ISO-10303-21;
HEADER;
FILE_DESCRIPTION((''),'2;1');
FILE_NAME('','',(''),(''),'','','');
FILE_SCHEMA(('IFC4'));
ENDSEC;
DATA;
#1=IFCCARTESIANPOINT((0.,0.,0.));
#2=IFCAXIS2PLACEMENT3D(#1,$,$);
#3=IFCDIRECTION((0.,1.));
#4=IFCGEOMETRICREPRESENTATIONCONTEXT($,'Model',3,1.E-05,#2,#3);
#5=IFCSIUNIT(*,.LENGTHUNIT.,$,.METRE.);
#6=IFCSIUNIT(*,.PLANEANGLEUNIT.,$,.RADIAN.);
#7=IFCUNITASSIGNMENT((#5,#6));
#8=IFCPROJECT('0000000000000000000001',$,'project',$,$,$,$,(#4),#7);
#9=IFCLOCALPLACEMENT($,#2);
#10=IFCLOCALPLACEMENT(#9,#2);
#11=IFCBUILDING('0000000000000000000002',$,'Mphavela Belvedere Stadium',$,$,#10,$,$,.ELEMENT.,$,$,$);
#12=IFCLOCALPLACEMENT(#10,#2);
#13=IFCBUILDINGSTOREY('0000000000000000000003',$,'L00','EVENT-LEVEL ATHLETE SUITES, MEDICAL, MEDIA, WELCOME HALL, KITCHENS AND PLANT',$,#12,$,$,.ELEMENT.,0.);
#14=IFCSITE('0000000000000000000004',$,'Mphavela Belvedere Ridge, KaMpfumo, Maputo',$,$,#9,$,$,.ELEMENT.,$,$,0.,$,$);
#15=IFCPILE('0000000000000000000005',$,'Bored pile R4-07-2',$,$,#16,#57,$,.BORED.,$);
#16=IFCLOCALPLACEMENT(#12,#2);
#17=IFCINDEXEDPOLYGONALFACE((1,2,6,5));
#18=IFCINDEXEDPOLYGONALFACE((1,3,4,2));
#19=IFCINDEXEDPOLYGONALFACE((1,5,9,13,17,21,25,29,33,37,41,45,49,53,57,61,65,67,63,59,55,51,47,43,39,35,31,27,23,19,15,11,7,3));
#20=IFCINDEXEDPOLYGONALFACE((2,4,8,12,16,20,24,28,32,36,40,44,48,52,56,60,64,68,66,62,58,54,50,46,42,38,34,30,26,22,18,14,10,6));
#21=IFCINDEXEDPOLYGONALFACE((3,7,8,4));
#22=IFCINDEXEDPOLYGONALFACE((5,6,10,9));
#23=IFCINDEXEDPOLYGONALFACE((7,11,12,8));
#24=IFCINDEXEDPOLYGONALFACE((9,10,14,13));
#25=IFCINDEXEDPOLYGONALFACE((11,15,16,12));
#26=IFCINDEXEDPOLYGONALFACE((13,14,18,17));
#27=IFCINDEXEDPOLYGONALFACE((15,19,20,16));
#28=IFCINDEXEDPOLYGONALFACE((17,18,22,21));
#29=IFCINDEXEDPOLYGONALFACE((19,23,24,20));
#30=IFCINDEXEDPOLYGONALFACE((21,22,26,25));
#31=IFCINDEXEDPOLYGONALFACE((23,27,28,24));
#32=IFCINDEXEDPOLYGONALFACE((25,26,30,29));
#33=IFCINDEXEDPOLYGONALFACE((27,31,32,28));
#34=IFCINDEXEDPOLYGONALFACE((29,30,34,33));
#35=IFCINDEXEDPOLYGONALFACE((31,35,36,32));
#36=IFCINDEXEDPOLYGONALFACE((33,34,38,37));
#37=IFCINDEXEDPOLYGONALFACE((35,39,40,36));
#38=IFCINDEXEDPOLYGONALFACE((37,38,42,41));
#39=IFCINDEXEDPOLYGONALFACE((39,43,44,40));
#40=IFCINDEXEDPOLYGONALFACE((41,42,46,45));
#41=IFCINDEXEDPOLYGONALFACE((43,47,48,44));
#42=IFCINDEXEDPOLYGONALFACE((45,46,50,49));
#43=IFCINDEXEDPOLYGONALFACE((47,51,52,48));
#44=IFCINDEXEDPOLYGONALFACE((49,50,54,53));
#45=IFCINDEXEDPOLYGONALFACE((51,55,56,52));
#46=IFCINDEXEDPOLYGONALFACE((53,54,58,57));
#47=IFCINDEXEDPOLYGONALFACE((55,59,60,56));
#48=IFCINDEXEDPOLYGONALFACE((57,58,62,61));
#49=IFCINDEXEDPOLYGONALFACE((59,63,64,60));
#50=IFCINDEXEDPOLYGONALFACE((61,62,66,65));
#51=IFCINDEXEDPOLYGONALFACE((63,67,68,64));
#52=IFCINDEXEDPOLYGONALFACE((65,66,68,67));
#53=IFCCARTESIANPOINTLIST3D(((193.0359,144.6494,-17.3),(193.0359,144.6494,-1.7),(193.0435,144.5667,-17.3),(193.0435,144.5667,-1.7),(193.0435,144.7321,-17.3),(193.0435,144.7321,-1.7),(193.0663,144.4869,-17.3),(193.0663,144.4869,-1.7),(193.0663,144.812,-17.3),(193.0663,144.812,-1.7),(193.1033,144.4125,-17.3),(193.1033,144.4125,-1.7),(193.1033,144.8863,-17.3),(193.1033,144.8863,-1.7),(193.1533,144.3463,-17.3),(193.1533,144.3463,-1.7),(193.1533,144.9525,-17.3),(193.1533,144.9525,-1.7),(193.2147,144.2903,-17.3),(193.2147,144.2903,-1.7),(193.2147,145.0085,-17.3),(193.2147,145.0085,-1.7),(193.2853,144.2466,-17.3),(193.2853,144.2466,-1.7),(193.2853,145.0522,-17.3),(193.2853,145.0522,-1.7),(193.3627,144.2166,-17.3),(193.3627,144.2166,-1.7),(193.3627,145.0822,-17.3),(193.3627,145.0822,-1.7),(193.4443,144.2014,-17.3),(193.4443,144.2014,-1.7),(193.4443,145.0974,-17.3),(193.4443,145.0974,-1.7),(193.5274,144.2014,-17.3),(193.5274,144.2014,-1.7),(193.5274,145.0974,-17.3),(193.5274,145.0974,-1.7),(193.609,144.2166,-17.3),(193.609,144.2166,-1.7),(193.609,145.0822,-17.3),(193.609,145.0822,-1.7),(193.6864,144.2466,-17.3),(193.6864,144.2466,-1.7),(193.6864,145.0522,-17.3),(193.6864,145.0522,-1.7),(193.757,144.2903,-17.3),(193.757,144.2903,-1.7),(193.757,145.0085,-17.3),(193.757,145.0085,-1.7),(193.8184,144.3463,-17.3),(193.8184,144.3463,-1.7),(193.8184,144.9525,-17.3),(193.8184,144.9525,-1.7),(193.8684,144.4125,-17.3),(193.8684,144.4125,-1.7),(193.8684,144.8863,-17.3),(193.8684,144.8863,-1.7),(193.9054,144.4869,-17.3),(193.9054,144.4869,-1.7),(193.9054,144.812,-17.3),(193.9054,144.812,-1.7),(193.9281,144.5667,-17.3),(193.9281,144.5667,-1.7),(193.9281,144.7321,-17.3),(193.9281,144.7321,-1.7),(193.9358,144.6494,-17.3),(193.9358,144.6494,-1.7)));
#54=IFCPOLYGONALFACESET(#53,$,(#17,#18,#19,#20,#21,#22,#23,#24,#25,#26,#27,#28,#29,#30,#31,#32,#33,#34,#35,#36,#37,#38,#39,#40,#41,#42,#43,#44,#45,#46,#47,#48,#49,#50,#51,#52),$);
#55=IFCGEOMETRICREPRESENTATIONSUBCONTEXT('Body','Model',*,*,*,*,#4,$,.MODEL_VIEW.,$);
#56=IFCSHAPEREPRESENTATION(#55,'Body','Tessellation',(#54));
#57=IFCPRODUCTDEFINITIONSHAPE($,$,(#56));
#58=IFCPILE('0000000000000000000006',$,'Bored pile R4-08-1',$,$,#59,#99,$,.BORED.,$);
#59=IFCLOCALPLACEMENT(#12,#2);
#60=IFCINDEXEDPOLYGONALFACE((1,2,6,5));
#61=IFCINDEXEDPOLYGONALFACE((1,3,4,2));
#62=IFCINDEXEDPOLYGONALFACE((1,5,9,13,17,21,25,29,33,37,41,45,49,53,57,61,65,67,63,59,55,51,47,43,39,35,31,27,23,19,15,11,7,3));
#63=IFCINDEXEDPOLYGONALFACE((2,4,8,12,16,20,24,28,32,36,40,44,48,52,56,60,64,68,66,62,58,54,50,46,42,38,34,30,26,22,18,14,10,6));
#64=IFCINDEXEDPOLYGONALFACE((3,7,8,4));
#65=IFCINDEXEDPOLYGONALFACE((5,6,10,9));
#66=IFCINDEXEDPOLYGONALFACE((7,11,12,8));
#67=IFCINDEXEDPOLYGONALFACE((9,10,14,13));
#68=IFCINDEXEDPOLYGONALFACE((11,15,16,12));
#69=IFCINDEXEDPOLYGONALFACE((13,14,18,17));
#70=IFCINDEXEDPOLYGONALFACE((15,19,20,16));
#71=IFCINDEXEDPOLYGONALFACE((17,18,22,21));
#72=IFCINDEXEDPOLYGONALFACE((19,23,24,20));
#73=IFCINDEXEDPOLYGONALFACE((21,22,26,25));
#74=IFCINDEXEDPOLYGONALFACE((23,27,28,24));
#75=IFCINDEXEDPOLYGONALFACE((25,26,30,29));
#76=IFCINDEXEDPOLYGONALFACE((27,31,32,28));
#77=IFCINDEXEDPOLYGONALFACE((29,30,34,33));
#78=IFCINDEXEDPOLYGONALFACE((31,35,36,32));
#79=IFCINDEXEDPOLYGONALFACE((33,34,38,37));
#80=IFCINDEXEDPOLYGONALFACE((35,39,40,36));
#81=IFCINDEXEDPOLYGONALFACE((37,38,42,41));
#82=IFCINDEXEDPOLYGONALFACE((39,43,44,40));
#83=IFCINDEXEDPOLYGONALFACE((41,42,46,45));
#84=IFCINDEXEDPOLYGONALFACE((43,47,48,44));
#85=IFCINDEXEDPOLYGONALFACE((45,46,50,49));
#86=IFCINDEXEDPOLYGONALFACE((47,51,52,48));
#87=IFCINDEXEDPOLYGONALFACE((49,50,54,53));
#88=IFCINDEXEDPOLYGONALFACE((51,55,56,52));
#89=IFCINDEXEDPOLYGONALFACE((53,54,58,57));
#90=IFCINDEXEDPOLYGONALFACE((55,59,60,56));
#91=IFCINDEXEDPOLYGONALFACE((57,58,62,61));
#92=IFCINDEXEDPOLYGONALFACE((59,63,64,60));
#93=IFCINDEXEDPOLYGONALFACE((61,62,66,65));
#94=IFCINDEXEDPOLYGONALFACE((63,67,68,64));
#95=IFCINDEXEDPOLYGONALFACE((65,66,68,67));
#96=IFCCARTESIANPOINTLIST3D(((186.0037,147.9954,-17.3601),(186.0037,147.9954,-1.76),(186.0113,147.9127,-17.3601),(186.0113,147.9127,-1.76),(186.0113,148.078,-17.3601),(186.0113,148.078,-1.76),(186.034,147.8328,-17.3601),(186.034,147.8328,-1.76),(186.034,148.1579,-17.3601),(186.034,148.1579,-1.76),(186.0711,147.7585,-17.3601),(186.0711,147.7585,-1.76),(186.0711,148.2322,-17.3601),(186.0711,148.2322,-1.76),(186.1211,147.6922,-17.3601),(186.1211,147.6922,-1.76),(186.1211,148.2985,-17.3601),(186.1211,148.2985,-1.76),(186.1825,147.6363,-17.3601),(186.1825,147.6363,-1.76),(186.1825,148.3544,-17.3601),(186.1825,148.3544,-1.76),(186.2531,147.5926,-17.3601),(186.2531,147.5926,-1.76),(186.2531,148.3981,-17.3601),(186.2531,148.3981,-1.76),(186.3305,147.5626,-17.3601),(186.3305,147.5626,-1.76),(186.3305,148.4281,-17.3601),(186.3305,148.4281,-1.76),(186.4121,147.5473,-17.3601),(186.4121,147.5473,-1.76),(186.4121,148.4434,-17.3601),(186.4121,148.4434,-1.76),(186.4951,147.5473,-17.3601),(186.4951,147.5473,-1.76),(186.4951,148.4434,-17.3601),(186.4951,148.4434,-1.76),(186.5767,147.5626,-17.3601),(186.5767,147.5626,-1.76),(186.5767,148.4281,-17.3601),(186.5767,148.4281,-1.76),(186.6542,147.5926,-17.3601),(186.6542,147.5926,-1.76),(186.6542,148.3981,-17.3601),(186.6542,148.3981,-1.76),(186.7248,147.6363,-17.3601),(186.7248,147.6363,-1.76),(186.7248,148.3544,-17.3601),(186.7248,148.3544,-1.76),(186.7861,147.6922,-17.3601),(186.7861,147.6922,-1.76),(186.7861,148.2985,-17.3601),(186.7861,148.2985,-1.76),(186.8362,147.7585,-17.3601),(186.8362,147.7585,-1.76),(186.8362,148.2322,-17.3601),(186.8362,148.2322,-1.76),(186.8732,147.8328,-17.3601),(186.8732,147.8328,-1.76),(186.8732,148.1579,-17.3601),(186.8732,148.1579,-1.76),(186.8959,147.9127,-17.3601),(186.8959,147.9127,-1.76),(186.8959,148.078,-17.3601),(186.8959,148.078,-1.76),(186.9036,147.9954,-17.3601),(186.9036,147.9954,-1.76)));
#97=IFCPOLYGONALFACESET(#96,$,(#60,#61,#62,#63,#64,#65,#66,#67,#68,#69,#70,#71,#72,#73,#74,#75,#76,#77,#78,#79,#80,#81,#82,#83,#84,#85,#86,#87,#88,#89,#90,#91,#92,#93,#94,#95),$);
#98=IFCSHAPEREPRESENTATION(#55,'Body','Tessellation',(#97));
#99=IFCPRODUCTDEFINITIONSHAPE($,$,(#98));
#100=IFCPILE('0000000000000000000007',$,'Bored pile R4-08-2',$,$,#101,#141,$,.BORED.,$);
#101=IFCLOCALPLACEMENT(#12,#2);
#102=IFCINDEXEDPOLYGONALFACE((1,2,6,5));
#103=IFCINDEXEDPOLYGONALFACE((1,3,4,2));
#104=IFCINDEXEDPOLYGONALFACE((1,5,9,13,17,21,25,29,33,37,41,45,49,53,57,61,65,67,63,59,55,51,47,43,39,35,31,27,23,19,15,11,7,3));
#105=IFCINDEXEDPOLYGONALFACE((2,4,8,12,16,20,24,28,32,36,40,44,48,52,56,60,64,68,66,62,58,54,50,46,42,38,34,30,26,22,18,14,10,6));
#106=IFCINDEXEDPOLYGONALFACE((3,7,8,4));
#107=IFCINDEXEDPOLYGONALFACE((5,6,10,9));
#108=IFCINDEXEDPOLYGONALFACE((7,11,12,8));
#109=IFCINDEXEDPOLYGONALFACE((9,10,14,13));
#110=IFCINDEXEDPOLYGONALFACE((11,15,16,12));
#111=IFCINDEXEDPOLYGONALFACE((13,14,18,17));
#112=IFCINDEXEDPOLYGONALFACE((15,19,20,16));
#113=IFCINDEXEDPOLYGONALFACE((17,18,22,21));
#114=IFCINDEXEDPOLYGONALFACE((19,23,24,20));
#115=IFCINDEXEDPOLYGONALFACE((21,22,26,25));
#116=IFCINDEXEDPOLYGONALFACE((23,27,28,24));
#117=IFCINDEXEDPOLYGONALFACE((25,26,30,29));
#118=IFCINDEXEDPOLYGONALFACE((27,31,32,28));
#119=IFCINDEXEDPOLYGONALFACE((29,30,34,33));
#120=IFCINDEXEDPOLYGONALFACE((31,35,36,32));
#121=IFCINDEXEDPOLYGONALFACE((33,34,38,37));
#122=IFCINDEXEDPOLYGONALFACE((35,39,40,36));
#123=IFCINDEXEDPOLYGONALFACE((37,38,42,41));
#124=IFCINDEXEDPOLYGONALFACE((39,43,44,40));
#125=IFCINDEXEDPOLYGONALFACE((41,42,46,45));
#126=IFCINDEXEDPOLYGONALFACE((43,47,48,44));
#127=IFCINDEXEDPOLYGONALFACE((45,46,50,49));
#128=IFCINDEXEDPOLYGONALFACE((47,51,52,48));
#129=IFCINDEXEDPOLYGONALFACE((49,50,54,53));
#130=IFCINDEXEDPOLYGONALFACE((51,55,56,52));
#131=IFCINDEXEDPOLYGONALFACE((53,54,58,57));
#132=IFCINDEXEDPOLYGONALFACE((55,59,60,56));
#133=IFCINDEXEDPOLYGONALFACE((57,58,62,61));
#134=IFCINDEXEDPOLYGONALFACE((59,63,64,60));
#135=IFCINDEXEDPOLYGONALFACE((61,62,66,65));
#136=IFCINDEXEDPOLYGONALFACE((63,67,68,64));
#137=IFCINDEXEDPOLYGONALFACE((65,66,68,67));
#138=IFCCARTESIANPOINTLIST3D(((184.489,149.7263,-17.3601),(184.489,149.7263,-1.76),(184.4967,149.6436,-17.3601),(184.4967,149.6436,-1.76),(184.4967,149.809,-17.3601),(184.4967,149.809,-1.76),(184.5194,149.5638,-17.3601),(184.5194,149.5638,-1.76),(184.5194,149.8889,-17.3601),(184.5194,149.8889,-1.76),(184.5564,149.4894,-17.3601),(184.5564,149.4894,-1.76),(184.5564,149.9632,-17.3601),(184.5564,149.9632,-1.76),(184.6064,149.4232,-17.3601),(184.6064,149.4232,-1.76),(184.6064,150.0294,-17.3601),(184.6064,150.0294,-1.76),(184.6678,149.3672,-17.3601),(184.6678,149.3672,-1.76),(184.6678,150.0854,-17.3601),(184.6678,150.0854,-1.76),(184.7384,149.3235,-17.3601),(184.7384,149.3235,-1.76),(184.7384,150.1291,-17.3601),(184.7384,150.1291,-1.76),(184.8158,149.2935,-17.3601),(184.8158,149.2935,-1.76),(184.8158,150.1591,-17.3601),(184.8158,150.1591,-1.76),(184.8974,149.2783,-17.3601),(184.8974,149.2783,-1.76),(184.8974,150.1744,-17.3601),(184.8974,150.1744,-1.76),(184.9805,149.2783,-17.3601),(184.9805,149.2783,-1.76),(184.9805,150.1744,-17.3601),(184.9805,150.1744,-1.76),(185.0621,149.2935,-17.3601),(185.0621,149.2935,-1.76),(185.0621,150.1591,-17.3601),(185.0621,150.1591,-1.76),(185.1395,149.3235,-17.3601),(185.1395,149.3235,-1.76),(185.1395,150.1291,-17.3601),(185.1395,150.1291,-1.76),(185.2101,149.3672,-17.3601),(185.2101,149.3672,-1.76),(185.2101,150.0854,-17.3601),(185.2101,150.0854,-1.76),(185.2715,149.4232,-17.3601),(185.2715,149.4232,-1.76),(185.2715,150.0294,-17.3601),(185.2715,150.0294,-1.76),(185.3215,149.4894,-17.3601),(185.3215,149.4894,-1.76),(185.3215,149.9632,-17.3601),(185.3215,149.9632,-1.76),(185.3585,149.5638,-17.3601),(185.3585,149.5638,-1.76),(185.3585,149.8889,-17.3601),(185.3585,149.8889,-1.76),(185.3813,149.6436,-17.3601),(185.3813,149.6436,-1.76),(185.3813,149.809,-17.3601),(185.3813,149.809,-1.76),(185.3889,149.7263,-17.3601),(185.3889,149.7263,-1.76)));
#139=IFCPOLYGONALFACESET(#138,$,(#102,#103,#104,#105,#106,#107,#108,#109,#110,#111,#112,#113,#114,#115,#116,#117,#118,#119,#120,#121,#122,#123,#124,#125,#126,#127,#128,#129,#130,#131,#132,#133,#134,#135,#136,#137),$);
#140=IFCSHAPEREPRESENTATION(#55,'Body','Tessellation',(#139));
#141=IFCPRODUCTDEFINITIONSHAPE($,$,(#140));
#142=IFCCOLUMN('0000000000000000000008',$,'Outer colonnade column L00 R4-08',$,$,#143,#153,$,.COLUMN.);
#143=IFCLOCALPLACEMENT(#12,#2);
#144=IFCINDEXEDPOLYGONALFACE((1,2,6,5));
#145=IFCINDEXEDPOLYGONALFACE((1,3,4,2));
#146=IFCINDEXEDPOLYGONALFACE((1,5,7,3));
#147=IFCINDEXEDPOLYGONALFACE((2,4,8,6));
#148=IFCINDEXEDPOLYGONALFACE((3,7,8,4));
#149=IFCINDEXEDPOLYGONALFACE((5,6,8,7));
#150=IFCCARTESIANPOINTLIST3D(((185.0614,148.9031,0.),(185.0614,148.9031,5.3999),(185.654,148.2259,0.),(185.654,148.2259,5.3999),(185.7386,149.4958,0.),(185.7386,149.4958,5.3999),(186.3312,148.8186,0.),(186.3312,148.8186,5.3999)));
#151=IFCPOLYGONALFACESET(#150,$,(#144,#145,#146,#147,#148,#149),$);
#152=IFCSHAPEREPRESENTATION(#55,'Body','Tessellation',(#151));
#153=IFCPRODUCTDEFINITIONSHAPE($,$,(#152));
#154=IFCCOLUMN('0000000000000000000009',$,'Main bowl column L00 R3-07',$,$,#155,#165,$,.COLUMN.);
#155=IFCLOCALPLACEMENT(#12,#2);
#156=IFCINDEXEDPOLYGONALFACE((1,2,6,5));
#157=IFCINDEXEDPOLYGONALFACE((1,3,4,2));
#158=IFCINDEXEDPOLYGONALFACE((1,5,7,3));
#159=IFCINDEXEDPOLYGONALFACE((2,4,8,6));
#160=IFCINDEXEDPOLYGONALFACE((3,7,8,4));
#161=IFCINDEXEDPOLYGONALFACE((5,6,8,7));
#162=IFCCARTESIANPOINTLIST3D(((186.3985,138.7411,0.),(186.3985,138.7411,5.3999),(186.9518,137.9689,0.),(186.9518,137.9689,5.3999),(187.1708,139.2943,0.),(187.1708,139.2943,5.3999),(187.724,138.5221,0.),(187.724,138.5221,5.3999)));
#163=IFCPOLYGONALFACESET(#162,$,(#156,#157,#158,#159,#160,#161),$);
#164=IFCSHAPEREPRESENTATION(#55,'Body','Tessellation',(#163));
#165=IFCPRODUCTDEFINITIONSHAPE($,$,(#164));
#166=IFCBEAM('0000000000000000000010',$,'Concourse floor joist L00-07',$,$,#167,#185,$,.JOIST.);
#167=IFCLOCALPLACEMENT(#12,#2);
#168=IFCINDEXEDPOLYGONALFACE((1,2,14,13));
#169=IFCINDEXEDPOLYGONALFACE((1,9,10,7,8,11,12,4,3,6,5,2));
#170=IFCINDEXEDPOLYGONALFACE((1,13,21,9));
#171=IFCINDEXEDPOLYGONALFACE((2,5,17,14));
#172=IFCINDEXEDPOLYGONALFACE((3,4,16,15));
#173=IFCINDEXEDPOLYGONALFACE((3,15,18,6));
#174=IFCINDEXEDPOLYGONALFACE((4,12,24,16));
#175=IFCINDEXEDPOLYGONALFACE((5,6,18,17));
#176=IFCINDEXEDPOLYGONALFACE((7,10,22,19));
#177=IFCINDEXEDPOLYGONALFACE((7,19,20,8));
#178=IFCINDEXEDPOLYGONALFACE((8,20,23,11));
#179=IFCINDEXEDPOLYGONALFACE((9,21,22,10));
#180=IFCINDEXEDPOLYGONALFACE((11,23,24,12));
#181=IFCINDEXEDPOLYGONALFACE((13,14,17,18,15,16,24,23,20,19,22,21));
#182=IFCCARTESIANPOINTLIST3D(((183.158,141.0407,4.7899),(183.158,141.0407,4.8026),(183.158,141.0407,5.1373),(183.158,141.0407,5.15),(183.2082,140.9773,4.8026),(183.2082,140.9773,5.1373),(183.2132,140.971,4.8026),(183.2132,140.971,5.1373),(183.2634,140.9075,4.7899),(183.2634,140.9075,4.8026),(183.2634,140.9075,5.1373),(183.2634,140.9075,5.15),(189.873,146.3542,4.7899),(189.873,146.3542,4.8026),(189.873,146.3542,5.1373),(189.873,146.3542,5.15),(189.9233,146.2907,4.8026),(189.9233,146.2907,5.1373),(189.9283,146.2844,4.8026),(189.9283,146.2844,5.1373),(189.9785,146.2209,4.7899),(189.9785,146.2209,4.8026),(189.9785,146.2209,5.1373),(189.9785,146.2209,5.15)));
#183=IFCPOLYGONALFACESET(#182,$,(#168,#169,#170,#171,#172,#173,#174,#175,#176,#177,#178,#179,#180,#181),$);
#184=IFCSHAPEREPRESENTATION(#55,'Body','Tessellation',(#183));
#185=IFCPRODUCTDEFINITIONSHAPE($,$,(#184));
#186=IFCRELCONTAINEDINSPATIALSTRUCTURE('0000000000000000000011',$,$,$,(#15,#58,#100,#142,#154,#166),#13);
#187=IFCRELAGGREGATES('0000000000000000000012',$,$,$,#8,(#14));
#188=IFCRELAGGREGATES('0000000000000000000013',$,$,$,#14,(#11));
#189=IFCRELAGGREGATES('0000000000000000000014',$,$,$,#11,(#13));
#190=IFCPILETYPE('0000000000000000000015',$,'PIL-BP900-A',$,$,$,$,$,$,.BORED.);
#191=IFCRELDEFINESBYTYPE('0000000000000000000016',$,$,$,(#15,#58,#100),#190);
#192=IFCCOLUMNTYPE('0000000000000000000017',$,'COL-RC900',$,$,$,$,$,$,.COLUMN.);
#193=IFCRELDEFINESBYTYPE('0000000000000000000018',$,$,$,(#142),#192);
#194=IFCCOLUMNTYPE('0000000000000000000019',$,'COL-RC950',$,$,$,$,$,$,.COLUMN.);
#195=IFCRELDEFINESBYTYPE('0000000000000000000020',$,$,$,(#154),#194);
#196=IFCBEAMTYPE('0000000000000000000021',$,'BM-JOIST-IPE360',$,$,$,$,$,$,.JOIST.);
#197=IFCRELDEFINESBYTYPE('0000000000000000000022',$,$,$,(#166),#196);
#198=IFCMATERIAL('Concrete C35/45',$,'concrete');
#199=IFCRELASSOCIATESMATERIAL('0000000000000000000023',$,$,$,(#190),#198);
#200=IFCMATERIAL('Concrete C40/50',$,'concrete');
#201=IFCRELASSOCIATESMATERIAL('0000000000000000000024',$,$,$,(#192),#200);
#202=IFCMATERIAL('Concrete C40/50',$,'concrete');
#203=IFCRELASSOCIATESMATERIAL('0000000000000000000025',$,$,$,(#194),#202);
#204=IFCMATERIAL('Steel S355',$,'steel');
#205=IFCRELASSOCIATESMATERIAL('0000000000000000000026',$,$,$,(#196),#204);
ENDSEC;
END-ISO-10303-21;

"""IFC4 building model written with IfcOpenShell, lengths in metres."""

from ifc_helpers import new_model, si_unit, direction, frame, origin, origin_2d, place, context, subcontext, project, spatial, rectangle, circle, i_section, extrude, material, material_profile, profile_set, type_object, element, save


model = new_model("IFC4")

# Units and contexts
model_context = context("Model", 3, precision=1e-05, world=origin(), true_north=direction((0.0, 1.0)))
body_context = subcontext(model_context, "Body", "Model", "MODEL_VIEW")
ifc_project = project(units=[si_unit("LENGTHUNIT", "METRE"), si_unit("PLANEANGLEUNIT", "RADIAN")], contexts=[model_context])

# Site, building, storey
site_placement = place(None, origin())
site = spatial("IfcSite", under=ifc_project, at=site_placement, Name="Mphavela Belvedere Ridge, KaMpfumo, Maputo", CompositionType="ELEMENT", RefElevation=0.0)
building_placement = place(site_placement, origin())
building = spatial("IfcBuilding", under=site, at=building_placement, Name="Mphavela Belvedere Stadium", CompositionType="ELEMENT")
storey_placement = place(building_placement, origin())
storey = spatial("IfcBuildingStorey", under=building, at=storey_placement, Name="L00", Description="EVENT-LEVEL ATHLETE SUITES, MEDICAL, MEDIA, WELCOME HALL, KITCHENS AND PLANT", CompositionType="ELEMENT", Elevation=0.0)

# Piles
ifc_material_1 = material(Name="Concrete C35/45", Category="concrete")
ifc_material_profile_1 = material_profile(ifc_material_1, circle(Radius=0.45, at=origin_2d()), Name="BP D900")
ifc_profile_set_1 = profile_set([ifc_material_profile_1], Name="Concrete C35/45")
pile_type_1 = type_object("IfcPileType", Name="PIL-BP900-A", PredefinedType="BORED", material=ifc_profile_set_1)
for number, where, z_axis, x_axis, name in (
    (1, (193.4858, 144.6494, -1.7), (0.0, 0.0, -1.0), (1.0, 0.0, 0.0), "Bored pile R4-07-2"),
    (2, (186.4536, 147.9954, -1.76), (0.0, 0.0, -1.0), (1.0, 0.0, 0.0), "Bored pile R4-08-1"),
    (3, (184.939, 149.7263, -1.76), (0.0, 0.0, -1.0), (1.0, 0.0, 0.0), "Bored pile R4-08-2"),
):
    element("IfcPile", number, at=place(storey_placement, frame(where, z_axis=z_axis, x_axis=x_axis)), inside=storey, type_object=pile_type_1, Name=name, PredefinedType="BORED", context=body_context, shape_type="SweptSolid", body=[
        extrude(circle(Radius=0.45, at=origin_2d()), origin(), (0.0, 0.0, 1.0), 15.6001),
    ])

# Columns
ifc_material_2 = material(Name="Concrete C40/50", Category="concrete")
ifc_material_profile_2 = material_profile(ifc_material_2, rectangle(XDim=0.8999, YDim=0.8999, at=origin_2d()), Name="RC 900x900")
ifc_profile_set_2 = profile_set([ifc_material_profile_2], Name="Concrete C40/50")
column_type_1 = type_object("IfcColumnType", Name="COL-RC900", PredefinedType="COLUMN", material=ifc_profile_set_2)
column_1_placement = place(storey_placement, frame((185.6963, 148.8608, 0.0), z_axis=(0.0, 0.0, 1.0), x_axis=(0.75253, 0.658558, 0.0)))
element("IfcColumn", 4, at=column_1_placement, inside=storey, type_object=column_type_1, Name="Outer colonnade column L00 R4-08", PredefinedType="COLUMN", context=body_context, shape_type="SweptSolid", body=[
    extrude(rectangle(XDim=0.8999, YDim=0.8999, at=origin_2d()), origin(), (0.0, 0.0, 1.0), 5.3999),
])
ifc_material_3 = material(Name="Concrete C40/50", Category="concrete")
ifc_material_profile_3 = material_profile(ifc_material_3, rectangle(XDim=0.95, YDim=0.95, at=origin_2d()), Name="RC 950x950")
ifc_profile_set_3 = profile_set([ifc_material_profile_3], Name="Concrete C40/50")
column_type_2 = type_object("IfcColumnType", Name="COL-RC950", PredefinedType="COLUMN", material=ifc_profile_set_3)
column_2_placement = place(storey_placement, frame((187.0613, 138.6316, 0.0), z_axis=(0.0, 0.0, 1.0), x_axis=(0.812898, 0.582407, 0.0)))
element("IfcColumn", 5, at=column_2_placement, inside=storey, type_object=column_type_2, Name="Main bowl column L00 R3-07", PredefinedType="COLUMN", context=body_context, shape_type="SweptSolid", body=[
    extrude(rectangle(XDim=0.95, YDim=0.95, at=origin_2d()), origin(), (0.0, 0.0, 1.0), 5.3999),
])

# Beam
ifc_material_4 = material(Name="Steel S355", Category="steel")
ifc_material_profile_4 = material_profile(ifc_material_4, i_section(OverallWidth=0.1699, OverallDepth=0.3601, WebThickness=0.0081, FlangeThickness=0.0127, at=origin_2d()), Name="IPE 360")
ifc_profile_set_4 = profile_set([ifc_material_profile_4], Name="Steel S355")
beam_type_1 = type_object("IfcBeamType", Name="BM-JOIST-IPE360", PredefinedType="JOIST", material=ifc_profile_set_4)
beam_1_placement = place(storey_placement, frame((183.2107, 140.9741, 4.97), z_axis=(0.784196, 0.620514, 0.0), x_axis=(-0.620514, 0.784196, 0.0)))
element("IfcBeam", 6, at=beam_1_placement, inside=storey, type_object=beam_type_1, Name="Concourse floor joist L00-07", PredefinedType="JOIST", context=body_context, shape_type="SweptSolid", body=[
    extrude(i_section(OverallWidth=0.1699, OverallDepth=0.3601, WebThickness=0.0081, FlangeThickness=0.0127, at=origin_2d()), origin(), (0.0, 0.0, 1.0), 8.563),
])

save(model, "model.ifc")
